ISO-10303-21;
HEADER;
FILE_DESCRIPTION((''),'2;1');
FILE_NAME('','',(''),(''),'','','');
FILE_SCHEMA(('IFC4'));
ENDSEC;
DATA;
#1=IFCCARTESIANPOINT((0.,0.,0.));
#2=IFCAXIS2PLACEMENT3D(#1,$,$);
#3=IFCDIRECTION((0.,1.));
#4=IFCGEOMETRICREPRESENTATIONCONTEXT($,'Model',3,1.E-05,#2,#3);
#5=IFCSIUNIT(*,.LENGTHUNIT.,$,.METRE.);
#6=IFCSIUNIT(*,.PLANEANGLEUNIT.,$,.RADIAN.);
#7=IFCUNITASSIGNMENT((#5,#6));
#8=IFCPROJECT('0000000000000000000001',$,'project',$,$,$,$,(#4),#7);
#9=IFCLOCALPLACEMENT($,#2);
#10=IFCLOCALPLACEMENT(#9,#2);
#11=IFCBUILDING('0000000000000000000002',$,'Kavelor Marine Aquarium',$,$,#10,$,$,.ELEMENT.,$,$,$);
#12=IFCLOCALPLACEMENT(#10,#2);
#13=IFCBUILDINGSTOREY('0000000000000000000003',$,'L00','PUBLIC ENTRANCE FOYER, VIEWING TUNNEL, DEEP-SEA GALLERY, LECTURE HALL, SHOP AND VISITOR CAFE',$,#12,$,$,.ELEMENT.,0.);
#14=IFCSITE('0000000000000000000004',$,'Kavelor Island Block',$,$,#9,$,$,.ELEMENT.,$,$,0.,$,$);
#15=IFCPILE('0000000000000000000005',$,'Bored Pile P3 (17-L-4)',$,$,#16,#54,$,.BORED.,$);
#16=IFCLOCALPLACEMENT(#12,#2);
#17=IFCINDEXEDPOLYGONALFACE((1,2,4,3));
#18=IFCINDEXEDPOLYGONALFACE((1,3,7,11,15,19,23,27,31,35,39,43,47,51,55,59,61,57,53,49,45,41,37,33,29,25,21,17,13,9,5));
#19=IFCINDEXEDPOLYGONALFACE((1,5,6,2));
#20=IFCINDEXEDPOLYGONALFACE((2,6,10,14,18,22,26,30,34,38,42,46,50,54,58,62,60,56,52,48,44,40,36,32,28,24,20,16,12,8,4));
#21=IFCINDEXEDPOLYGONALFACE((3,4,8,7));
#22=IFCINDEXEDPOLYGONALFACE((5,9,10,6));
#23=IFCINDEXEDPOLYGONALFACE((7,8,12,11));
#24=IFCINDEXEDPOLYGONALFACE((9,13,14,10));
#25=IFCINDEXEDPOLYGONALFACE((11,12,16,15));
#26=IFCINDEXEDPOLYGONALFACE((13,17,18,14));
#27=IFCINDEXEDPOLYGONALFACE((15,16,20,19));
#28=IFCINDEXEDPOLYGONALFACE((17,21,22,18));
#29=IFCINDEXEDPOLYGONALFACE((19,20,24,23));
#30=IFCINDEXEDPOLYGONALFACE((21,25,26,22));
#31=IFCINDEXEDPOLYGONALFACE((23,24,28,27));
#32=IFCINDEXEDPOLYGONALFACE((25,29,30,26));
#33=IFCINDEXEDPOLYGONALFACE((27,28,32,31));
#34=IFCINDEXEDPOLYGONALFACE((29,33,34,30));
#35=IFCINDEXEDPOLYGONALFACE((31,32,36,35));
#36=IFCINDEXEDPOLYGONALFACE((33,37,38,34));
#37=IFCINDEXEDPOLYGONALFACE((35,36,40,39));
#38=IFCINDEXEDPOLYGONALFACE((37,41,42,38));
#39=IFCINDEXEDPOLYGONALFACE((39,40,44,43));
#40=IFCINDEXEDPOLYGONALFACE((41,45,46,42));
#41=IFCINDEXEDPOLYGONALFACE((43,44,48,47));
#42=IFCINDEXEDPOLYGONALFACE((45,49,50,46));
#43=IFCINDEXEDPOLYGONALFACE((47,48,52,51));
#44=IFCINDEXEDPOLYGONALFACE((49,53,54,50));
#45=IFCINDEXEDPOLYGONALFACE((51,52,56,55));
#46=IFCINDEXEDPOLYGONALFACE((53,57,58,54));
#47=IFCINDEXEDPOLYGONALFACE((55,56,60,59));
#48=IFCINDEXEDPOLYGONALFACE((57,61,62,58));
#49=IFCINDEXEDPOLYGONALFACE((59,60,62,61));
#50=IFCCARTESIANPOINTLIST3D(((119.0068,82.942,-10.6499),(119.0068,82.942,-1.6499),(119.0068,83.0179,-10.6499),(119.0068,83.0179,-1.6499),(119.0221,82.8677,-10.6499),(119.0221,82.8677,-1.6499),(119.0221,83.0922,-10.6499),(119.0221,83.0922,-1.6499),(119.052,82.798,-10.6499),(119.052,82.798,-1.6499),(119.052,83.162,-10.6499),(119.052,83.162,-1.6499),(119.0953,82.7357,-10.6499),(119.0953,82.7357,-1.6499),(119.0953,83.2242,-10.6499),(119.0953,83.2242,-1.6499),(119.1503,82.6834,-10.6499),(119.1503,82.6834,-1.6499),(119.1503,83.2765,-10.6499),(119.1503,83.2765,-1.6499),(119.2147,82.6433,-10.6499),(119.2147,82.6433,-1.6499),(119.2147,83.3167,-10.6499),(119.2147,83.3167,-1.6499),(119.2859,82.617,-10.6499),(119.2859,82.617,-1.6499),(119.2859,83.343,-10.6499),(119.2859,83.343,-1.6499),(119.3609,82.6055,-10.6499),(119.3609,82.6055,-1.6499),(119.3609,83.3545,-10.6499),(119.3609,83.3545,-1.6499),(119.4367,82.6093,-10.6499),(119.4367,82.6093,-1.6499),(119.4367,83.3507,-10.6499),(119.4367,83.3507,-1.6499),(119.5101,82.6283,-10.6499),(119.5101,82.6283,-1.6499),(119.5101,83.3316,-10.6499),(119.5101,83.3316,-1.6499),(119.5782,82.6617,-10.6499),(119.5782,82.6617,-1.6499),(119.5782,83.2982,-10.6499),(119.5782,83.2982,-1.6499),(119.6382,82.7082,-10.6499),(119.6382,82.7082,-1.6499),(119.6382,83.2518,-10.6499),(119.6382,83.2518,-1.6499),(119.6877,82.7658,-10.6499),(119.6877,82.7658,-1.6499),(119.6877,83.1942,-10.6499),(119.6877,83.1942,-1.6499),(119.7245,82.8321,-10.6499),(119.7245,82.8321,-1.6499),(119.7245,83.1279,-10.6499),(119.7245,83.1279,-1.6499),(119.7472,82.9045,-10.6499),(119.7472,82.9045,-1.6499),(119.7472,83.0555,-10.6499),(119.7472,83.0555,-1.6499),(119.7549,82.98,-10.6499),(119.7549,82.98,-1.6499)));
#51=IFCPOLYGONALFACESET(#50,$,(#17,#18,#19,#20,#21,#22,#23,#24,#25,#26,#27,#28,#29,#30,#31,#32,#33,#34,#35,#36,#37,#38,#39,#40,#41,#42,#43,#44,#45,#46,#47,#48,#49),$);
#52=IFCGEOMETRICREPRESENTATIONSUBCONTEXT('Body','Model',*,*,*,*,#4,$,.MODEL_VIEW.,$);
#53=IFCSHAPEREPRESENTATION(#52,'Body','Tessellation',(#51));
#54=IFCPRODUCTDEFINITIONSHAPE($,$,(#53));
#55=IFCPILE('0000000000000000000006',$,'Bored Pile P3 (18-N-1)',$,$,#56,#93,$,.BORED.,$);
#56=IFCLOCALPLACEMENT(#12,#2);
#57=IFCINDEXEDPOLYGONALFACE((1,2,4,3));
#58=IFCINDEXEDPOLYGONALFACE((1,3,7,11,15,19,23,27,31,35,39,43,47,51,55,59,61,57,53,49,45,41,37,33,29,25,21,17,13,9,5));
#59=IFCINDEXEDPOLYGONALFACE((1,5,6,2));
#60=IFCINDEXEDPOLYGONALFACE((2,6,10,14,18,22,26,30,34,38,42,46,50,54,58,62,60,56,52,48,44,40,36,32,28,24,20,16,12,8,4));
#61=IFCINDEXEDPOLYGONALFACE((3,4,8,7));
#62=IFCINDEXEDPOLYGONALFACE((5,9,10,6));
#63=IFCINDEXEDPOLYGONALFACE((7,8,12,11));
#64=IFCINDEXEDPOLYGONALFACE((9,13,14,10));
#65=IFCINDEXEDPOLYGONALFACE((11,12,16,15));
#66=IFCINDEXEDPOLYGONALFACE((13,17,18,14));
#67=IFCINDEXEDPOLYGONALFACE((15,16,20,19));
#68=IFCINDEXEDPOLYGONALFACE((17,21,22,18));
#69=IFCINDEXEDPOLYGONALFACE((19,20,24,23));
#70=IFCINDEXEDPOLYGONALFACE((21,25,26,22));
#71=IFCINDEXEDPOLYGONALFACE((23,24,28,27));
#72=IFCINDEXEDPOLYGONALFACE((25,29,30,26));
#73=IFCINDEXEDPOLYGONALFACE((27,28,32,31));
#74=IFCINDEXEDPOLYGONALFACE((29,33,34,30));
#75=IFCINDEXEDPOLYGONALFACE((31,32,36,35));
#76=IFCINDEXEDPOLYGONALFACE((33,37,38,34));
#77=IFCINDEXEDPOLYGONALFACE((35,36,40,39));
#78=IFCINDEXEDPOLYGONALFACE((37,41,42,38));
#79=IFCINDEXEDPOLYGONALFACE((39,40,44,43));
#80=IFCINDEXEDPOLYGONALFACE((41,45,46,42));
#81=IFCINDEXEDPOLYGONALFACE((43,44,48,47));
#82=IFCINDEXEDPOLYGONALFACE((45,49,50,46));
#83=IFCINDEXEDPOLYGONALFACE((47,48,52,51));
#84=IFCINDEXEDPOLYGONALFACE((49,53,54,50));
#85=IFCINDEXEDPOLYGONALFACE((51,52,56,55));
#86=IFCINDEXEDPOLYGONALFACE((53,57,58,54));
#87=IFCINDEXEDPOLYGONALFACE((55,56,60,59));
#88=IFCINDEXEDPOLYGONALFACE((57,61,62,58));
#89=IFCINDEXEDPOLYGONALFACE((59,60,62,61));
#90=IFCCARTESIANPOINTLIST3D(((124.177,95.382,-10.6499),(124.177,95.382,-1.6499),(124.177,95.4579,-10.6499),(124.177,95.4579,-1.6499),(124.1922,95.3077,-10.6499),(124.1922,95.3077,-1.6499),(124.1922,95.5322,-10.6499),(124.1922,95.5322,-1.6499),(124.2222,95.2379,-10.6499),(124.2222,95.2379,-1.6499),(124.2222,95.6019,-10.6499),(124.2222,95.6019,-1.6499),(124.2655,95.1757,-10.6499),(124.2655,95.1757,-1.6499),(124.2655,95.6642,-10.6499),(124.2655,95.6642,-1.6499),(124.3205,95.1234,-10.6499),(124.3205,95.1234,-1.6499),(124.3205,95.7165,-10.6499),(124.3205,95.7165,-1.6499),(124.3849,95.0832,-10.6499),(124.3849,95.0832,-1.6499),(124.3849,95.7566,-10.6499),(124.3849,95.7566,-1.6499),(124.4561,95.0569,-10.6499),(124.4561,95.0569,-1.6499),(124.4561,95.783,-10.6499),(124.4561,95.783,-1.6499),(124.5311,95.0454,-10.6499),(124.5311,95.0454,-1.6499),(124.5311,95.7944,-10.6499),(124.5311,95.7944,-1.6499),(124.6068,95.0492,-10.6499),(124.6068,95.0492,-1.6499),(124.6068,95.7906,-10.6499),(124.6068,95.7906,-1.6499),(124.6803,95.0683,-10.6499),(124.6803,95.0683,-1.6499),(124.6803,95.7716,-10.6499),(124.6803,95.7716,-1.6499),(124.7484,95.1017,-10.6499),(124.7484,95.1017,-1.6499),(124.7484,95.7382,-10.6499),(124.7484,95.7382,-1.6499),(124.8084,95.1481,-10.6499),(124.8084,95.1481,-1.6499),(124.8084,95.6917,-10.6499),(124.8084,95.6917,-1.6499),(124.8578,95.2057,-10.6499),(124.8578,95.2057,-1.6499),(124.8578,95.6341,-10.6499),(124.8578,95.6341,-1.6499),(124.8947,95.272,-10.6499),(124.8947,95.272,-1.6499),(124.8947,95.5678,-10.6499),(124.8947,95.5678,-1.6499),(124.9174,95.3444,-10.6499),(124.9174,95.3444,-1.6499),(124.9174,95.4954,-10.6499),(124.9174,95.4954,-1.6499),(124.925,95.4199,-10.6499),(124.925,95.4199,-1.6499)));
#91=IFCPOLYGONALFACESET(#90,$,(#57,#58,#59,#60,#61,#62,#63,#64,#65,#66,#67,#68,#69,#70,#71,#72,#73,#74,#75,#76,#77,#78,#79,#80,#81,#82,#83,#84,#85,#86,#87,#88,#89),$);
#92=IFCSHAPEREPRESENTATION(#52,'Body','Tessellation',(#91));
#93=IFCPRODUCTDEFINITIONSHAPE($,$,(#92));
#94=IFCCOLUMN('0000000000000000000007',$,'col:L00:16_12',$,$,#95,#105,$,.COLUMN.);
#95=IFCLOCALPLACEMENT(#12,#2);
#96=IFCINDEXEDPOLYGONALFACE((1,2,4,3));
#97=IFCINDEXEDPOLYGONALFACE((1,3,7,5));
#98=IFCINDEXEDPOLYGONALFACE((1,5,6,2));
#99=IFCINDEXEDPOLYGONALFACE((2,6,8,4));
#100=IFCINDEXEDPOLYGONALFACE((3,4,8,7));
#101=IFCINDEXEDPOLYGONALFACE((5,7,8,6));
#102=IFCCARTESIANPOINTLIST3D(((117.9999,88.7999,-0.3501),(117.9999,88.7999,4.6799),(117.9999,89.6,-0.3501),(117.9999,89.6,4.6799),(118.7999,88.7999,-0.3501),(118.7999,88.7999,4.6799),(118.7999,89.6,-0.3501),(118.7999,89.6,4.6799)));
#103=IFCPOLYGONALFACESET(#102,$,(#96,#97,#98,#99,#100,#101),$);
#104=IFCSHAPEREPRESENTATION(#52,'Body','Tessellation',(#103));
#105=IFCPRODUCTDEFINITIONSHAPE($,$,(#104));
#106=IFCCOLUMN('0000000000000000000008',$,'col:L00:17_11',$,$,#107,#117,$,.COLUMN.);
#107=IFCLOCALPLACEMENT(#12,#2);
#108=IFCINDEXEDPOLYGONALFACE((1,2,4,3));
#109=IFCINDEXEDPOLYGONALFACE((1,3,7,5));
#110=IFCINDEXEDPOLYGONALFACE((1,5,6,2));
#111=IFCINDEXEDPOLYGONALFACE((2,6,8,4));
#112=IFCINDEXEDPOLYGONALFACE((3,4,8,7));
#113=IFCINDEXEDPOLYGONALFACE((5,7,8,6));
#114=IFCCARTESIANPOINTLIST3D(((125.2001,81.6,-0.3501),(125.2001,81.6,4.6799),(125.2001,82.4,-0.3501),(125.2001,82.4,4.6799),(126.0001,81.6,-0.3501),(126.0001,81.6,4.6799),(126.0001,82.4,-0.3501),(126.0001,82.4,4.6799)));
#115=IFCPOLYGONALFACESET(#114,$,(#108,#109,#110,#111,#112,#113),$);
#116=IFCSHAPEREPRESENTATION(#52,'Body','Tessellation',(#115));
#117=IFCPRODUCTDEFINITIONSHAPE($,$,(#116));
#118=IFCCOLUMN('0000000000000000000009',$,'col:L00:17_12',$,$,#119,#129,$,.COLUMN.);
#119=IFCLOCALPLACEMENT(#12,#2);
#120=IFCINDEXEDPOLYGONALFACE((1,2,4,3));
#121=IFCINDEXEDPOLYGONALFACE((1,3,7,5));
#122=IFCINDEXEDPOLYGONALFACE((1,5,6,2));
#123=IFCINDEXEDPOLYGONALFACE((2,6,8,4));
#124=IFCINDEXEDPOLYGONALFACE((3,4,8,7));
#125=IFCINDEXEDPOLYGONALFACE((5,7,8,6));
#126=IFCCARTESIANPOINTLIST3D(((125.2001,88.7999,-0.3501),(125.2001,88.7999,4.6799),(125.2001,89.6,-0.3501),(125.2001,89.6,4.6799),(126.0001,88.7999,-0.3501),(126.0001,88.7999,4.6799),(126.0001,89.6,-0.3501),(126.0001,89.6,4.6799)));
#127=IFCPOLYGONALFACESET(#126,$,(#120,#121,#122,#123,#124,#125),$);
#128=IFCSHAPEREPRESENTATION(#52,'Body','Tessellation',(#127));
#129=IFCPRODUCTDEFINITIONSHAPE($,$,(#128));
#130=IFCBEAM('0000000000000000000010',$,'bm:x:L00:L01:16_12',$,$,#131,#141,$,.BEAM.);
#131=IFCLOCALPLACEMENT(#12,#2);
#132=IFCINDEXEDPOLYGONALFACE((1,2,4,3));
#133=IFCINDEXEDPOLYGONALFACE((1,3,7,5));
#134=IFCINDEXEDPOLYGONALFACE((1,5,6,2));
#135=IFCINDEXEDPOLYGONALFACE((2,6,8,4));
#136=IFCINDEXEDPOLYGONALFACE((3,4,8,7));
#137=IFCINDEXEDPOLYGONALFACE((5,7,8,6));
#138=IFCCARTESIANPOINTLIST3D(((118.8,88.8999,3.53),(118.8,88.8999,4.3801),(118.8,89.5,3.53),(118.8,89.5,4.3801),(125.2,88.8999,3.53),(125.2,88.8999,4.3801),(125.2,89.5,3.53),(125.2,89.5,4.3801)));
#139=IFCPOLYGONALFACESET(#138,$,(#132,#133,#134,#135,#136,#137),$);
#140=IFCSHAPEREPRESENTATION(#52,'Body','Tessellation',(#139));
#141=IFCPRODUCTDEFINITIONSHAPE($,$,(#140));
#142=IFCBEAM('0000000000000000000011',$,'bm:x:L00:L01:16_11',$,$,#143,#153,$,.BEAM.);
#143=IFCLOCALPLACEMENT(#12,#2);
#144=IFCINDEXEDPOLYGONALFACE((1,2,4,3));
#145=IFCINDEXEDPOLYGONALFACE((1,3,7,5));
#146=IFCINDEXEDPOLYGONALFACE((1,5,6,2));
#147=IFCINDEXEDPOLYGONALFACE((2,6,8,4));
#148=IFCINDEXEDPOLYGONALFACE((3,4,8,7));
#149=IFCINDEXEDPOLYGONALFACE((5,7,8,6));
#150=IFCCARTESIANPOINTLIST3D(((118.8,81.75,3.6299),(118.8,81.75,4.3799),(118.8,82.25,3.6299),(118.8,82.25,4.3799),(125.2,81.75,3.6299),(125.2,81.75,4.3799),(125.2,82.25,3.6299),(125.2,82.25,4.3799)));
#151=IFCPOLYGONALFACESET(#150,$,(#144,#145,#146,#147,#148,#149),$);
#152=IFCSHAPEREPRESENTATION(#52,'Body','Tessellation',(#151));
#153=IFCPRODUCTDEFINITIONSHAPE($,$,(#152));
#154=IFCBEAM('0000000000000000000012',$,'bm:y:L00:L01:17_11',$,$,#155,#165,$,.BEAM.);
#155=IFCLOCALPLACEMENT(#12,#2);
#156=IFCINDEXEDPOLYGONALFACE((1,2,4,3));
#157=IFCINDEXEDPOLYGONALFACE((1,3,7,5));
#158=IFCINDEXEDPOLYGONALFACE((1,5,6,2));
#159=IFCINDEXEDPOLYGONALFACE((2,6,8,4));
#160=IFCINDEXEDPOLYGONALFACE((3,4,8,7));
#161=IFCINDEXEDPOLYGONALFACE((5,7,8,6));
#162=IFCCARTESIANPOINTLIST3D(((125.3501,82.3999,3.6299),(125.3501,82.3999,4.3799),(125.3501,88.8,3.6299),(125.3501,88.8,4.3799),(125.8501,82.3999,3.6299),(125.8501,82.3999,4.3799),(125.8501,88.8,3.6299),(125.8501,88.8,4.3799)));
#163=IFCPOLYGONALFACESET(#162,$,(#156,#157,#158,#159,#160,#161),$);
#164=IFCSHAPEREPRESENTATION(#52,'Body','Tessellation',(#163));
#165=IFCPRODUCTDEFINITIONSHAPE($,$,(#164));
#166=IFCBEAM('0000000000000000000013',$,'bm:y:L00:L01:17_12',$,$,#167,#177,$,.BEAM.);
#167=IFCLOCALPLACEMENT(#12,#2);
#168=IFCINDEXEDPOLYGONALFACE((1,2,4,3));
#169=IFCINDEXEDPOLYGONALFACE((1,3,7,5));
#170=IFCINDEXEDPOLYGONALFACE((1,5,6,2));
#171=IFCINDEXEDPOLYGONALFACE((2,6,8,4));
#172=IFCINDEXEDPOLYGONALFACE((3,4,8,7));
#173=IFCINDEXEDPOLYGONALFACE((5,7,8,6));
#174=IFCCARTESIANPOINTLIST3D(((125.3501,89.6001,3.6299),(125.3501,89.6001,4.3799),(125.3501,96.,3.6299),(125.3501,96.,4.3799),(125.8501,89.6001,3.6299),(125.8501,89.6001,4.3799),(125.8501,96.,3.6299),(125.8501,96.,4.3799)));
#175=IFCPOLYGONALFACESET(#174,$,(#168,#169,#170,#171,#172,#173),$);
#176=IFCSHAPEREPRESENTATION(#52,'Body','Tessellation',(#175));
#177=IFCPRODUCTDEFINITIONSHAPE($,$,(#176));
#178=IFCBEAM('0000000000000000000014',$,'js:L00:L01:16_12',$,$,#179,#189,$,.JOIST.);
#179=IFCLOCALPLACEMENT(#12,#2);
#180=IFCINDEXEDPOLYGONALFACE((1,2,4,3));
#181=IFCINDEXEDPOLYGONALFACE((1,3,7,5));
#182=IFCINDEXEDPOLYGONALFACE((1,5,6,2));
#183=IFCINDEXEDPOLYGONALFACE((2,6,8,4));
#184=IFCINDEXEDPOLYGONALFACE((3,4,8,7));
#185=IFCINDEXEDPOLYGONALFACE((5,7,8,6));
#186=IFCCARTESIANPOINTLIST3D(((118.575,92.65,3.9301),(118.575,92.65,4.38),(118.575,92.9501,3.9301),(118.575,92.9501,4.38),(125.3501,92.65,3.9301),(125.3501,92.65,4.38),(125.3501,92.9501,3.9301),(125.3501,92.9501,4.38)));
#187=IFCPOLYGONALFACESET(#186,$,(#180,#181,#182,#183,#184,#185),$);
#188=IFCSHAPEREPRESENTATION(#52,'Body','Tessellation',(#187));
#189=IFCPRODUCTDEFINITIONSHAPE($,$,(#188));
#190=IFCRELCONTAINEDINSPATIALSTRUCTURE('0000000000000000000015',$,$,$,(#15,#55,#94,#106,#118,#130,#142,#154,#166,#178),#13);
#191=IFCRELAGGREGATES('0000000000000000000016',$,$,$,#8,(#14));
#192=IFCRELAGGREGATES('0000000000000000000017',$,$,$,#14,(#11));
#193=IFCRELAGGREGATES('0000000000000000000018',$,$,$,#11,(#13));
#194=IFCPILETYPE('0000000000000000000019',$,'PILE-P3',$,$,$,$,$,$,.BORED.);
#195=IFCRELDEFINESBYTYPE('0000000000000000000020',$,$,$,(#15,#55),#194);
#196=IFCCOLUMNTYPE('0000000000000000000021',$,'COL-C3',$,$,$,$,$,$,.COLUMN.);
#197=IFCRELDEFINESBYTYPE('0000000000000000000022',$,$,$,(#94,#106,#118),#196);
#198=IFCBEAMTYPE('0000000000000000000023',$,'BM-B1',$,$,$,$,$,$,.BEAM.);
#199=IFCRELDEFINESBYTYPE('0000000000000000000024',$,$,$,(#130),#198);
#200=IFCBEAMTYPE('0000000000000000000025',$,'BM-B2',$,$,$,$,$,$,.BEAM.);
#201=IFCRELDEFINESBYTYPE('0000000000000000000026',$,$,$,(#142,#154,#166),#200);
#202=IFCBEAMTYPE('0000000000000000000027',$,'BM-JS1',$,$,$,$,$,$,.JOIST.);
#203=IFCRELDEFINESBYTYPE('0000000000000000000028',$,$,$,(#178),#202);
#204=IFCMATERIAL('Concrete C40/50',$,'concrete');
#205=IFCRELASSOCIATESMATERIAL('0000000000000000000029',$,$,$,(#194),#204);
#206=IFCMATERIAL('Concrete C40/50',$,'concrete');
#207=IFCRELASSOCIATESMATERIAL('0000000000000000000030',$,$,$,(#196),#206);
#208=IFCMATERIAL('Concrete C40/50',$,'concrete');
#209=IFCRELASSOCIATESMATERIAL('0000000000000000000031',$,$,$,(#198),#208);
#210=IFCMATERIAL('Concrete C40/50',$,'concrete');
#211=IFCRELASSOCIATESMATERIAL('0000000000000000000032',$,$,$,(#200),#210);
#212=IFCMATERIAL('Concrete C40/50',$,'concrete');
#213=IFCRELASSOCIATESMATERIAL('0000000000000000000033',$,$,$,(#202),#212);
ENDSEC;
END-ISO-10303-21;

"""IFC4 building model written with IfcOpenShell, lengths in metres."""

from ifc_helpers import new_model, si_unit, direction, frame, origin, origin_2d, place, context, subcontext, project, spatial, rectangle, circle, extrude, material, material_profile, profile_set, type_object, element, save


model = new_model("IFC4")

# Units and contexts
model_context = context("Model", 3, precision=1e-05, world=origin(), true_north=direction((0.0, 1.0)))
body_context = subcontext(model_context, "Body", "Model", "MODEL_VIEW")
ifc_project = project(units=[si_unit("LENGTHUNIT", "METRE"), si_unit("PLANEANGLEUNIT", "RADIAN")], contexts=[model_context])

# Site, building, storey
site_placement = place(None, origin())
site = spatial("IfcSite", under=ifc_project, at=site_placement, Name="Kavelor Island Block", CompositionType="ELEMENT", RefElevation=0.0)
building_placement = place(site_placement, origin())
building = spatial("IfcBuilding", under=site, at=building_placement, Name="Kavelor Marine Aquarium", CompositionType="ELEMENT")
storey_placement = place(building_placement, origin())
storey = spatial("IfcBuildingStorey", under=building, at=storey_placement, Name="L00", Description="PUBLIC ENTRANCE FOYER, VIEWING TUNNEL, DEEP-SEA GALLERY, LECTURE HALL, SHOP AND VISITOR CAFE", CompositionType="ELEMENT", Elevation=0.0)

# Piles
ifc_material_1 = material(Name="Concrete C40/50", Category="concrete")
ifc_material_profile_1 = material_profile(ifc_material_1, circle(Radius=0.375, at=origin_2d()), Name="PILE D750")
ifc_profile_set_1 = profile_set([ifc_material_profile_1], Name="Concrete C40/50")
pile_type_1 = type_object("IfcPileType", Name="PILE-P3", PredefinedType="BORED", material=ifc_profile_set_1)
for number, where, z_axis, x_axis, name in (
    (1, (119.3799, 82.98, -1.6499), (0.0, 0.0, -1.0), (1.0, 0.0, 0.0), "Bored Pile P3 (17-L-4)"),
    (2, (124.55, 95.4199, -1.6499), (0.0, 0.0, -1.0), (1.0, 0.0, 0.0), "Bored Pile P3 (18-N-1)"),
):
    element("IfcPile", number, at=place(storey_placement, frame(where, z_axis=z_axis, x_axis=x_axis)), inside=storey, type_object=pile_type_1, Name=name, PredefinedType="BORED", context=body_context, shape_type="SweptSolid", body=[
        extrude(circle(Radius=0.375, at=origin_2d()), origin(), (0.0, 0.0, 1.0), 9.0),
    ])

# Columns
ifc_material_2 = material(Name="Concrete C40/50", Category="concrete")
ifc_material_profile_2 = material_profile(ifc_material_2, rectangle(XDim=0.8, YDim=0.8, at=origin_2d()), Name="RC-COL 800x800")
ifc_profile_set_2 = profile_set([ifc_material_profile_2], Name="Concrete C40/50")
column_type = type_object("IfcColumnType", Name="COL-C3", PredefinedType="COLUMN", material=ifc_profile_set_2)
for number, where, z_axis, x_axis, name in (
    (3, (118.3999, 89.2, -0.3501), (0.0, 0.0, 1.0), (1.0, 0.0, 0.0), "col:L00:16_12"),
    (4, (125.6001, 82.0, -0.3501), (0.0, 0.0, 1.0), (1.0, 0.0, 0.0), "col:L00:17_11"),
    (5, (125.6001, 89.2, -0.3501), (0.0, 0.0, 1.0), (1.0, 0.0, 0.0), "col:L00:17_12"),
):
    element("IfcColumn", number, at=place(storey_placement, frame(where, z_axis=z_axis, x_axis=x_axis)), inside=storey, type_object=column_type, Name=name, PredefinedType="COLUMN", context=body_context, shape_type="SweptSolid", body=[
        extrude(rectangle(XDim=0.8, YDim=0.8, at=origin_2d()), origin(), (0.0, 0.0, 1.0), 5.03),
    ])

# Beams
ifc_material_3 = material(Name="Concrete C40/50", Category="concrete")
ifc_material_profile_3 = material_profile(ifc_material_3, rectangle(XDim=0.6001, YDim=0.8501, at=origin_2d()), Name="RC-BM 600x850")
ifc_profile_set_3 = profile_set([ifc_material_profile_3], Name="Concrete C40/50")
beam_type_1 = type_object("IfcBeamType", Name="BM-B1", PredefinedType="BEAM", material=ifc_profile_set_3)
beam_1_placement = place(storey_placement, frame((118.8, 89.2, 3.9551), z_axis=(1.0, 0.0, 0.0), x_axis=(0.0, 1.0, 0.0)))
element("IfcBeam", 6, at=beam_1_placement, inside=storey, type_object=beam_type_1, Name="bm:x:L00:L01:16_12", PredefinedType="BEAM", context=body_context, shape_type="SweptSolid", body=[
    extrude(rectangle(XDim=0.6001, YDim=0.8501, at=origin_2d()), origin(), (0.0, 0.0, 1.0), 6.3999),
])
ifc_material_4 = material(Name="Concrete C40/50", Category="concrete")
ifc_material_profile_4 = material_profile(ifc_material_4, rectangle(XDim=0.5, YDim=0.75, at=origin_2d()), Name="RC-BM 500x750")
ifc_profile_set_4 = profile_set([ifc_material_profile_4], Name="Concrete C40/50")
beam_type_2 = type_object("IfcBeamType", Name="BM-B2", PredefinedType="BEAM", material=ifc_profile_set_4)
beam_2_placement = place(storey_placement, frame((118.8, 82.0, 4.0049), z_axis=(1.0, 0.0, 0.0), x_axis=(0.0, 1.0, 0.0)))
element("IfcBeam", 7, at=beam_2_placement, inside=storey, type_object=beam_type_2, Name="bm:x:L00:L01:16_11", PredefinedType="BEAM", context=body_context, shape_type="SweptSolid", body=[
    extrude(rectangle(XDim=0.5, YDim=0.75, at=origin_2d()), origin(), (0.0, 0.0, 1.0), 6.3999),
])
beam_3_placement = place(storey_placement, frame((125.6001, 82.3999, 4.0049), z_axis=(0.0, 1.0, 0.0), x_axis=(-1.0, 0.0, 0.0)))
element("IfcBeam", 8, at=beam_3_placement, inside=storey, type_object=beam_type_2, Name="bm:y:L00:L01:17_11", PredefinedType="BEAM", context=body_context, shape_type="SweptSolid", body=[
    extrude(rectangle(XDim=0.5, YDim=0.75, at=origin_2d()), origin(), (0.0, 0.0, 1.0), 6.4001),
])
beam_4_placement = place(storey_placement, frame((125.6001, 89.6001, 4.0049), z_axis=(0.0, 1.0, 0.0), x_axis=(-1.0, 0.0, 0.0)))
element("IfcBeam", 9, at=beam_4_placement, inside=storey, type_object=beam_type_2, Name="bm:y:L00:L01:17_12", PredefinedType="BEAM", context=body_context, shape_type="SweptSolid", body=[
    extrude(rectangle(XDim=0.5, YDim=0.75, at=origin_2d()), origin(), (0.0, 0.0, 1.0), 6.3999),
])
ifc_material_5 = material(Name="Concrete C40/50", Category="concrete")
ifc_material_profile_5 = material_profile(ifc_material_5, rectangle(XDim=0.3, YDim=0.45, at=origin_2d()), Name="RC-JS 300x450")
ifc_profile_set_5 = profile_set([ifc_material_profile_5], Name="Concrete C40/50")
beam_type_3 = type_object("IfcBeamType", Name="BM-JS1", PredefinedType="JOIST", material=ifc_profile_set_5)
beam_5_placement = place(storey_placement, frame((118.575, 92.8, 4.155), z_axis=(1.0, 0.0, 0.0), x_axis=(0.0, 1.0, 0.0)))
element("IfcBeam", 10, at=beam_5_placement, inside=storey, type_object=beam_type_3, Name="js:L00:L01:16_12", PredefinedType="JOIST", context=body_context, shape_type="SweptSolid", body=[
    extrude(rectangle(XDim=0.3, YDim=0.45, at=origin_2d()), origin(), (0.0, 0.0, 1.0), 6.7751),
])

save(model, "model.ifc")
